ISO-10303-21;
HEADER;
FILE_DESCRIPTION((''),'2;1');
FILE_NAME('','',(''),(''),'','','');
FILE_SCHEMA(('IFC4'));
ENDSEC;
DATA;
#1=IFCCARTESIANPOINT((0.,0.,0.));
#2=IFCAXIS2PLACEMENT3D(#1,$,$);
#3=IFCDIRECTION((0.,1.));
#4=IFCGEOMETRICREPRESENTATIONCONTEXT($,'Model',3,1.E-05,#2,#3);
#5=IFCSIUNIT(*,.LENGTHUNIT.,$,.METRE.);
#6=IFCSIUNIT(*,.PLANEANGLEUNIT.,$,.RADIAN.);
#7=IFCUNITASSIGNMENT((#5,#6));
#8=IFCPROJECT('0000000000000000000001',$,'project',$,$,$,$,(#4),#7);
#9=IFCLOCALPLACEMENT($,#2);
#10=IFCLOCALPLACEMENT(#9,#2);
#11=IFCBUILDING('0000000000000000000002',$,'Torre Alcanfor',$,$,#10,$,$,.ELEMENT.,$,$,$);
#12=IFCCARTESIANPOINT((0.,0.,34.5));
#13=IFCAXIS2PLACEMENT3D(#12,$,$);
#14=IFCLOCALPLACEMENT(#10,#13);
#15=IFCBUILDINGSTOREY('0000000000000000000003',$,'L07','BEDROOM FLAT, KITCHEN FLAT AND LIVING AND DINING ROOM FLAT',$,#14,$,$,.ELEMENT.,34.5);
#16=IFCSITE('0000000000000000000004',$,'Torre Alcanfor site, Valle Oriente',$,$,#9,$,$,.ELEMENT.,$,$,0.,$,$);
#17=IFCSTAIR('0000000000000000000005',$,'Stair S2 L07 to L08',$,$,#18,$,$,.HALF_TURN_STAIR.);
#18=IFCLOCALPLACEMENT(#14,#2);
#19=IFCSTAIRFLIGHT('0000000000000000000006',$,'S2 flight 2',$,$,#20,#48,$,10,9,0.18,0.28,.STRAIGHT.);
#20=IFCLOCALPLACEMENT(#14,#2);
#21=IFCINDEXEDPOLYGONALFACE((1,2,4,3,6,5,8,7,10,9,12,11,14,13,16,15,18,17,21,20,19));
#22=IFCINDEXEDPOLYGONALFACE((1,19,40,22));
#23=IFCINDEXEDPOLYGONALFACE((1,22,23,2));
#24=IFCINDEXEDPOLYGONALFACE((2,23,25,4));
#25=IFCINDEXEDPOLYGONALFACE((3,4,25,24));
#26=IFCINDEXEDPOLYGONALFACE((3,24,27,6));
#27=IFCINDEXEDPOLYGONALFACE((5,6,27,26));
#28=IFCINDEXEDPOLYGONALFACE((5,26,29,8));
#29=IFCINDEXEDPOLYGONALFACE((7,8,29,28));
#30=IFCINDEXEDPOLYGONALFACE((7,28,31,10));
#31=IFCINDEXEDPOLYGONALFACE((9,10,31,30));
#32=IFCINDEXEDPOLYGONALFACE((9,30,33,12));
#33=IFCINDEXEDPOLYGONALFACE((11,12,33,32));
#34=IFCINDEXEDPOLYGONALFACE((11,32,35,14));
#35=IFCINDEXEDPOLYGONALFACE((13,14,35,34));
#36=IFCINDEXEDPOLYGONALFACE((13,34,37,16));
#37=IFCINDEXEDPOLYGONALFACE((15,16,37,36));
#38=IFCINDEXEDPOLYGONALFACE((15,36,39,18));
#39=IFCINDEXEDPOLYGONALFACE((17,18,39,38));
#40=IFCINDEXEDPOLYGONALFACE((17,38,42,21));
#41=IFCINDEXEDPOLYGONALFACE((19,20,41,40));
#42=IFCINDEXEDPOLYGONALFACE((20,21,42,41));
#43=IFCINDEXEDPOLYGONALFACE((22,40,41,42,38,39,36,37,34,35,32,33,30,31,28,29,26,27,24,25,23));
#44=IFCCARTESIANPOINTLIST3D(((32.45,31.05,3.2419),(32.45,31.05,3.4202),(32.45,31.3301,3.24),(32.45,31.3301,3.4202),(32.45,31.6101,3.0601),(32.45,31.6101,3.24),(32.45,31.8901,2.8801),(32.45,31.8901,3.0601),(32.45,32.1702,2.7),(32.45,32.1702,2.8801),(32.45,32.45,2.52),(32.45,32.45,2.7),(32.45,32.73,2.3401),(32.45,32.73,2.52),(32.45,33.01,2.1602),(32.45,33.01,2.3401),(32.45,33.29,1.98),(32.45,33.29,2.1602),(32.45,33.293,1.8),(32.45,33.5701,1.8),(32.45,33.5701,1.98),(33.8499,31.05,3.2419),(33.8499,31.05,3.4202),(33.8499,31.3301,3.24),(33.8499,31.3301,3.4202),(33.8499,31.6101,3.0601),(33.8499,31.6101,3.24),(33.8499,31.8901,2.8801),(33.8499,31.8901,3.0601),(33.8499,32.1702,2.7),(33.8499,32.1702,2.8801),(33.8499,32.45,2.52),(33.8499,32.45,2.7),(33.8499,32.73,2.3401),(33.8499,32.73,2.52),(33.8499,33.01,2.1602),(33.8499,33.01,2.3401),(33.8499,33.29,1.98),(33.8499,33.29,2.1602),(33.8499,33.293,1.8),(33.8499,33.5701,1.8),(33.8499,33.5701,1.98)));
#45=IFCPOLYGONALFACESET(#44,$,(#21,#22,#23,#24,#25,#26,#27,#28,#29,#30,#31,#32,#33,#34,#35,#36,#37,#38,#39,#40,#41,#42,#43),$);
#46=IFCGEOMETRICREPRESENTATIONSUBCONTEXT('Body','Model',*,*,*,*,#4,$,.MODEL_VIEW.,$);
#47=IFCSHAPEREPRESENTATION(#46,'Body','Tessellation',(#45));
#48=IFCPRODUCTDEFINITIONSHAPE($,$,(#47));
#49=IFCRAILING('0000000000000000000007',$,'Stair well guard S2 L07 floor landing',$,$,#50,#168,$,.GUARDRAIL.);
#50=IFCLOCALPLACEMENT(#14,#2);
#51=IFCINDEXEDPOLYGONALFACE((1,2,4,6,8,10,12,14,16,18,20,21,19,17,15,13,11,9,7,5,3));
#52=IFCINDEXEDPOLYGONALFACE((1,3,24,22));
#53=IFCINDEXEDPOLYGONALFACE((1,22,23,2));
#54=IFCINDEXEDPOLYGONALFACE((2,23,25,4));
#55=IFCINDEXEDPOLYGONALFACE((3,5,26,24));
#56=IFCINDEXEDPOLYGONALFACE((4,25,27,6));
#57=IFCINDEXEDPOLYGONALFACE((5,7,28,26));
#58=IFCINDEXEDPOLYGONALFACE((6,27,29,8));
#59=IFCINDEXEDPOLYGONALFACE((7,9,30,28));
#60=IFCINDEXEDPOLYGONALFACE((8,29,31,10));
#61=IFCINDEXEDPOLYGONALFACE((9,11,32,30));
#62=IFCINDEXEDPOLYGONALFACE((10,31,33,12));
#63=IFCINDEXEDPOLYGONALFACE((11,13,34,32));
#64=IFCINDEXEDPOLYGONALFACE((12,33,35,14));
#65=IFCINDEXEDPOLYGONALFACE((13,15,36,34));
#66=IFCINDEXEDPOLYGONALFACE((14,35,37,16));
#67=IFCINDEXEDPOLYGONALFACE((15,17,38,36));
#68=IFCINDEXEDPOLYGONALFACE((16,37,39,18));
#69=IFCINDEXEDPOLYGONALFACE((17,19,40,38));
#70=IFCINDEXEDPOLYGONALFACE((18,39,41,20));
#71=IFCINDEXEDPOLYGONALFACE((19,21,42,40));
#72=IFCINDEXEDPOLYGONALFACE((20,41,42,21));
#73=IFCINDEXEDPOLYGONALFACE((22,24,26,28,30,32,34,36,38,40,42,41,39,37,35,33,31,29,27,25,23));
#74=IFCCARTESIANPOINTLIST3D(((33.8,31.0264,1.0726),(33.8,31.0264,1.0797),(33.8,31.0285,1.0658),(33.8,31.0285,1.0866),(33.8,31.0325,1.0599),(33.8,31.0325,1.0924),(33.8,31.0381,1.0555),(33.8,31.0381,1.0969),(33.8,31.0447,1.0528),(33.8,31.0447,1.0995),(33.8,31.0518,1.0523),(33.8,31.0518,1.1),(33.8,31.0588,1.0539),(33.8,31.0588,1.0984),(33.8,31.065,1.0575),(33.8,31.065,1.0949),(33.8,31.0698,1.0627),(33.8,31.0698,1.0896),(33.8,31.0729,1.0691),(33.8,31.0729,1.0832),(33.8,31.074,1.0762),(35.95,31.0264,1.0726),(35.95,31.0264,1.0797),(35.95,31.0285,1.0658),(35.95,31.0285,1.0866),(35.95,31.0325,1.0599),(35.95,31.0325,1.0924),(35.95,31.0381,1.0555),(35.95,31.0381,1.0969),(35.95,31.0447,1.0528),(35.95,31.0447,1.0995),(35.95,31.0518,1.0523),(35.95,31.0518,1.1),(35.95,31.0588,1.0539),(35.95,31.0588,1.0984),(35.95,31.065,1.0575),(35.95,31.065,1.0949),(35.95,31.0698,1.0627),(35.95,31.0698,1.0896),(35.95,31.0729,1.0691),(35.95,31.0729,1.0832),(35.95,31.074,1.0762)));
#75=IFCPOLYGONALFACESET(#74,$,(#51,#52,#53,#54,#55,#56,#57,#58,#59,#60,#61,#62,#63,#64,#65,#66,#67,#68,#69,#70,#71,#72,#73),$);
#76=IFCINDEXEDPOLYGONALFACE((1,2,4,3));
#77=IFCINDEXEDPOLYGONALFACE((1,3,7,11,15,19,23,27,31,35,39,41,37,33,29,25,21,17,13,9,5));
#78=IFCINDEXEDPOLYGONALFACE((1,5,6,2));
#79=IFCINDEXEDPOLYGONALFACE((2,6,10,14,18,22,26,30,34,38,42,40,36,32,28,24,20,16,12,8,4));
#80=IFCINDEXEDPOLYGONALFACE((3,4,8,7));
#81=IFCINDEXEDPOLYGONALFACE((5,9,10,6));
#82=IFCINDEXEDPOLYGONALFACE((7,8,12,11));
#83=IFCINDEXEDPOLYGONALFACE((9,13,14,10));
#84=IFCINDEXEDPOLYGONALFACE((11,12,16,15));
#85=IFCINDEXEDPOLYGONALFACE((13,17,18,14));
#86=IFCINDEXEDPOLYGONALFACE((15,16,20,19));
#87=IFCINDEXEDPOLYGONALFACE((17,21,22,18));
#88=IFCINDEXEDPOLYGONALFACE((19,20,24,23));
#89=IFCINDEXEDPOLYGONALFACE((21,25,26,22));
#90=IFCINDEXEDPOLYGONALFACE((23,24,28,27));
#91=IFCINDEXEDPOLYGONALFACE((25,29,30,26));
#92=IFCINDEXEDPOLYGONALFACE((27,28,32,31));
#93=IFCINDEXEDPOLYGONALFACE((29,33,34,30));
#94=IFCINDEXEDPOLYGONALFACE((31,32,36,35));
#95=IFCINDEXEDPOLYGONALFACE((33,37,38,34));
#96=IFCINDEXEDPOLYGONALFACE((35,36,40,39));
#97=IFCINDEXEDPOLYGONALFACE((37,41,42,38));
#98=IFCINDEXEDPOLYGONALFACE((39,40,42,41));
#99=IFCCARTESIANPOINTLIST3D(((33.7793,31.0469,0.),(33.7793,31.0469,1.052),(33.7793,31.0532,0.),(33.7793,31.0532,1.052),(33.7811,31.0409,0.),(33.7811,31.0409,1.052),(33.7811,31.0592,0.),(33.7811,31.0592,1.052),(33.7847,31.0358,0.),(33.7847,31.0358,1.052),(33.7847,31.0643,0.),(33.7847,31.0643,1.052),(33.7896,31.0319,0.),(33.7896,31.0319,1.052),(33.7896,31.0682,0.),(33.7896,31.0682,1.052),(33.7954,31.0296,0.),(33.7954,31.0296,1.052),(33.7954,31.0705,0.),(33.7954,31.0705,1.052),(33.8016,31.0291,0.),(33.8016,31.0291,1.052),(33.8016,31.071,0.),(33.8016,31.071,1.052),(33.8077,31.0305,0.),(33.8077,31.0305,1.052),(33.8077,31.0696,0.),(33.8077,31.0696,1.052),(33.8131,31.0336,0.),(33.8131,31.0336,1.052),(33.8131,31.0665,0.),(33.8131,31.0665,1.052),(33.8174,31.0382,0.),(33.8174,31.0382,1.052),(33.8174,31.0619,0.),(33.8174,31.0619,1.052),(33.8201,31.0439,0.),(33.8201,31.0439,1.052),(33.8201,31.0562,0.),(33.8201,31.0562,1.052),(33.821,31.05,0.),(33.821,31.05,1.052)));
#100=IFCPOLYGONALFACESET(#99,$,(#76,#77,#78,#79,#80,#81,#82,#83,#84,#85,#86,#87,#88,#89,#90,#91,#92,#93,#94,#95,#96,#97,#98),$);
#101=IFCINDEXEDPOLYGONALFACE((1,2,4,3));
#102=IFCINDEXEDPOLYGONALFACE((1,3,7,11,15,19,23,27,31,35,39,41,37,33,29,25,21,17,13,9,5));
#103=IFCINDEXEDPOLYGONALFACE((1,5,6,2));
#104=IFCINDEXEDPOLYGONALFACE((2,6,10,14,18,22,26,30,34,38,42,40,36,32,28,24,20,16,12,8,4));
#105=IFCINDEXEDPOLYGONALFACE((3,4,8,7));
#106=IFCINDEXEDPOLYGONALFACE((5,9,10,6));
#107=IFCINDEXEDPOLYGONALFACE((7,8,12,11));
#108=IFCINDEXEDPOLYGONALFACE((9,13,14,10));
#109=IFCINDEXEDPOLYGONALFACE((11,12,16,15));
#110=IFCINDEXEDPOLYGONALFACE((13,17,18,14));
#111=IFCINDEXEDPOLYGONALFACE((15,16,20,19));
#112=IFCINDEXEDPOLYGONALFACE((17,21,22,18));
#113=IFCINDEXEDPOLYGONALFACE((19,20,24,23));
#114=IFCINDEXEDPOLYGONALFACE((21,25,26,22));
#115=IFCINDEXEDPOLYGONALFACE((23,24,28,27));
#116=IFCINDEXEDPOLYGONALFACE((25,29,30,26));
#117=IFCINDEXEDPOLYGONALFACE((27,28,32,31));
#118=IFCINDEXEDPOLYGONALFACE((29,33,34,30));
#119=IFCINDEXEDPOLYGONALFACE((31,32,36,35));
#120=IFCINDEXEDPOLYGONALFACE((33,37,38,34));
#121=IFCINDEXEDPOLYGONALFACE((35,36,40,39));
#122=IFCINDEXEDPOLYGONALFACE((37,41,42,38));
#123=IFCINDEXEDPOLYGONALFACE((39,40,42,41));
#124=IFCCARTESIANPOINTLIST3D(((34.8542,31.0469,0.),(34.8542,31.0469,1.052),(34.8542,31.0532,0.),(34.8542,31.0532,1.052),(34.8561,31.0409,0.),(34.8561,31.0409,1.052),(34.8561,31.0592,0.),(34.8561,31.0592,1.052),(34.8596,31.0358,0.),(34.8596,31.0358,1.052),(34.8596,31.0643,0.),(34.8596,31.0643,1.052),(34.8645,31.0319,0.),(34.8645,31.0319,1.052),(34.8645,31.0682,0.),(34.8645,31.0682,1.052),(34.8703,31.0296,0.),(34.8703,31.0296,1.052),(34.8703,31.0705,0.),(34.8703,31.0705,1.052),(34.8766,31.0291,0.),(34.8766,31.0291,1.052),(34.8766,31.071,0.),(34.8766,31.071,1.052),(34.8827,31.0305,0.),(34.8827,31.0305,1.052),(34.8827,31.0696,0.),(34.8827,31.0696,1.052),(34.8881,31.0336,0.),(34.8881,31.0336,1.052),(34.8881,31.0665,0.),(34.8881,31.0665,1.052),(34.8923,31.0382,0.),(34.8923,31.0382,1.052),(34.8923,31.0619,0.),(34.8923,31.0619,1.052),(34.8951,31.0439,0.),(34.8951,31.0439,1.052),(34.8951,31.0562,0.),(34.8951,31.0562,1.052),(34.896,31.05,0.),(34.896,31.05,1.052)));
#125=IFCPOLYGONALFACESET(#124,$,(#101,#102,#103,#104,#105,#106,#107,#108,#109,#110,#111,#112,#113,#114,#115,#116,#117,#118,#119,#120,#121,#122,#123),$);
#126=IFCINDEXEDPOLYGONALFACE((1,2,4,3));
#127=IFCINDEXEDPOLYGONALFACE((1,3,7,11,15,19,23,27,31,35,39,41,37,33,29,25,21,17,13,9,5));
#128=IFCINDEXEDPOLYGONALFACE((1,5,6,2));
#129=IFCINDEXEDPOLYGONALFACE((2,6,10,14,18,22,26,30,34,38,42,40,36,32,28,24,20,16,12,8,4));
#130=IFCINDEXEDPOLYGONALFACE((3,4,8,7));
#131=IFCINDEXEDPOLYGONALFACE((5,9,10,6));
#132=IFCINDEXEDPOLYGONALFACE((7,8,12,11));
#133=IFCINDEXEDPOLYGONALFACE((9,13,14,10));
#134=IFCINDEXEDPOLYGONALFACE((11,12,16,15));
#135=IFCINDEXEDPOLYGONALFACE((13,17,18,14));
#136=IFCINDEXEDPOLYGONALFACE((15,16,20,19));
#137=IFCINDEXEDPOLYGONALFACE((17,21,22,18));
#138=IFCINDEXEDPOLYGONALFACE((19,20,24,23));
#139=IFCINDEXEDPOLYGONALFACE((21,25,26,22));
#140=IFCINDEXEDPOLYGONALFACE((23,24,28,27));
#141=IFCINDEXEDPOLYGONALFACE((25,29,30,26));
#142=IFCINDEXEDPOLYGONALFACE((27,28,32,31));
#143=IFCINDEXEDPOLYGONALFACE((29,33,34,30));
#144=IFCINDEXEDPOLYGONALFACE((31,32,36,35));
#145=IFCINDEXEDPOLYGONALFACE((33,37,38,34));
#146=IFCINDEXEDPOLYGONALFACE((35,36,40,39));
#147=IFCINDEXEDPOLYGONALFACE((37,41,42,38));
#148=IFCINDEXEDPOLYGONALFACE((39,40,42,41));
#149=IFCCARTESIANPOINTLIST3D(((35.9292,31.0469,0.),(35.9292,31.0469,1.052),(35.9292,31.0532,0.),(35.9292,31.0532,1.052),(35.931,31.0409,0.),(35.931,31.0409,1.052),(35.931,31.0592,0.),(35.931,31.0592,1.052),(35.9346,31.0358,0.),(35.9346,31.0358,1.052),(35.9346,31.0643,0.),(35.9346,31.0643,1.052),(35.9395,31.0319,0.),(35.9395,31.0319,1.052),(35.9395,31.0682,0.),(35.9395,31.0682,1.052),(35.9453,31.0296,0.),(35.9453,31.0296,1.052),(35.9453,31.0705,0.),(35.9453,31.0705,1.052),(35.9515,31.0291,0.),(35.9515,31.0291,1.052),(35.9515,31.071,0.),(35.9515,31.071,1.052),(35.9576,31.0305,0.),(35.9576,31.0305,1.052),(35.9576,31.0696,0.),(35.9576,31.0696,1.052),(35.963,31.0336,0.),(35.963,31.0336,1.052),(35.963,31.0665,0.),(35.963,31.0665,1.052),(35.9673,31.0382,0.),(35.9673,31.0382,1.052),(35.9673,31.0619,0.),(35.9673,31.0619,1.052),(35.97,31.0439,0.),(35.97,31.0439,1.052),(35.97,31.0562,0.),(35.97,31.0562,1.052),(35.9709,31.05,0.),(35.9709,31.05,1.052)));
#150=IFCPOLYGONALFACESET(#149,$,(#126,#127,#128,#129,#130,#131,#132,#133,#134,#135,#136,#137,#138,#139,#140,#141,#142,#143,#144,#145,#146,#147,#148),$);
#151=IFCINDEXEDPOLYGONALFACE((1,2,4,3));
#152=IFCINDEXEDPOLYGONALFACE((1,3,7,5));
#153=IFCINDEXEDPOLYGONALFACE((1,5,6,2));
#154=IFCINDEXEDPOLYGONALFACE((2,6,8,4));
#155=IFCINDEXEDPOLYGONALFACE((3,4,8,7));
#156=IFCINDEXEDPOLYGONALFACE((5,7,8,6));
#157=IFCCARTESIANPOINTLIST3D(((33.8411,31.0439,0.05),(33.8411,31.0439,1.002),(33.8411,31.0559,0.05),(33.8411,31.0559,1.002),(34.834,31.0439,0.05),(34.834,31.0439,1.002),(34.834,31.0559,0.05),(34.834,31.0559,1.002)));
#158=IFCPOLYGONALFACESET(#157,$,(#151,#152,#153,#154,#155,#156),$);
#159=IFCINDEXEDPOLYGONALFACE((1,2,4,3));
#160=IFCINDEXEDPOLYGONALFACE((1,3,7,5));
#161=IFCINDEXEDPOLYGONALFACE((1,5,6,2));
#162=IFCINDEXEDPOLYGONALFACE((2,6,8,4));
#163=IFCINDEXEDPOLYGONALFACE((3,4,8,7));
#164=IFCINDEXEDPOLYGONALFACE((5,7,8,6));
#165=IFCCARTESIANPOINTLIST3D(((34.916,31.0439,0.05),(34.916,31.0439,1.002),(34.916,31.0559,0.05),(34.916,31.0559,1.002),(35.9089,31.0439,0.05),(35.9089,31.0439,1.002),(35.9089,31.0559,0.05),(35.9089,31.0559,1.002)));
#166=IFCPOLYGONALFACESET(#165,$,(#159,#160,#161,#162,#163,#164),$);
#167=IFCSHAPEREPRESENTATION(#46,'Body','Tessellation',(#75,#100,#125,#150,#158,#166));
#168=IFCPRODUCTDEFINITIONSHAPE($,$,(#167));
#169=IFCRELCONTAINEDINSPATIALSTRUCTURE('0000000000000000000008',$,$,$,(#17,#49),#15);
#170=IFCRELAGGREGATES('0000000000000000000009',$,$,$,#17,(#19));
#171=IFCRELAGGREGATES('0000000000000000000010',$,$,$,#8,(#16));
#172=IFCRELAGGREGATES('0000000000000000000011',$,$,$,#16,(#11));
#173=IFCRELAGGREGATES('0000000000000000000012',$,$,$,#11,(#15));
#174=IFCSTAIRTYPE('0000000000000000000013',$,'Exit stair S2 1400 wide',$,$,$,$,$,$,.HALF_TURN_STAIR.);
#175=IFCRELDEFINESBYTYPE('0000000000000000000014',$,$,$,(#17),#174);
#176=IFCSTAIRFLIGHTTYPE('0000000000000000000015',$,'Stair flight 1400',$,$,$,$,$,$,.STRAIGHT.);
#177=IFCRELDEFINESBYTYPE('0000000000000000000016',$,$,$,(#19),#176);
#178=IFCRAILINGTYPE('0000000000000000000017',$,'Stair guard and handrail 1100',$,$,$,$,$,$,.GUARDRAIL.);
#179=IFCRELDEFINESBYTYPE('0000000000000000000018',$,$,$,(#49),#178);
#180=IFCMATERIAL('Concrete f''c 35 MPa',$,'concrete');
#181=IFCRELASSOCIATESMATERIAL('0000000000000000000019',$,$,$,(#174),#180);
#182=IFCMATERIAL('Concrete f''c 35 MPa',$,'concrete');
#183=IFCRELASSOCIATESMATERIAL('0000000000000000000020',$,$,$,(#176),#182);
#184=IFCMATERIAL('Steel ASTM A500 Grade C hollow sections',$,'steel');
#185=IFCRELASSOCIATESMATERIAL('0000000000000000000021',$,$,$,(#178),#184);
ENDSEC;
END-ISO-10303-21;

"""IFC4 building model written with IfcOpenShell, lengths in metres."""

from ifc_helpers import new_model, si_unit, direction, frame, origin, origin_2d, place, context, subcontext, project, spatial, polyline, circle, outline, extrude, material, type_object, element, aggregate, save


model = new_model("IFC4")

# Units and contexts
model_context = context("Model", 3, precision=1e-05, world=origin(), true_north=direction((0.0, 1.0)))
body_context = subcontext(model_context, "Body", "Model", "MODEL_VIEW")
ifc_project = project(units=[si_unit("LENGTHUNIT", "METRE"), si_unit("PLANEANGLEUNIT", "RADIAN")], contexts=[model_context])

# Site, building, storey
site_placement = place(None, origin())
site = spatial("IfcSite", under=ifc_project, at=site_placement, Name="Torre Alcanfor site, Valle Oriente", CompositionType="ELEMENT", RefElevation=0.0)
building_placement = place(site_placement, origin())
building = spatial("IfcBuilding", under=site, at=building_placement, Name="Torre Alcanfor", CompositionType="ELEMENT")
storey_placement = place(building_placement, frame((0.0, 0.0, 34.5)))
storey = spatial("IfcBuildingStorey", under=building, at=storey_placement, Name="L07", Description="BEDROOM FLAT, KITCHEN FLAT AND LIVING AND DINING ROOM FLAT", CompositionType="ELEMENT", Elevation=34.5)

# Stair, stair flight
ifc_material_1 = material(Name="Concrete f'c 35 MPa", Category="concrete")
stair_type = type_object("IfcStairType", Name="Exit stair S2 1400 wide", PredefinedType="HALF_TURN_STAIR", material=ifc_material_1)
stair_placement = place(storey_placement, origin())
stair = element("IfcStair", 1, at=stair_placement, inside=storey, type_object=stair_type, Name="Stair S2 L07 to L08", PredefinedType="HALF_TURN_STAIR")
ifc_material_2 = material(Name="Concrete f'c 35 MPa", Category="concrete")
stair_flight_type = type_object("IfcStairFlightType", Name="Stair flight 1400", PredefinedType="STRAIGHT", material=ifc_material_2)
stair_flight_1_placement = place(storey_placement, frame((33.1499, 33.5701, 1.8), z_axis=(0.0, 0.0, 1.0), x_axis=(0.0, -1.0, 0.0)))
stair_flight_1 = element("IfcStairFlight", 2, at=stair_flight_1_placement, type_object=stair_flight_type, Name="S2 flight 2", NumberOfRisers=10, NumberOfTreads=9, PredefinedType="STRAIGHT", RiserHeight=0.18, TreadLength=0.28, context=body_context, shape_type="SweptSolid", body=[
    extrude(outline(polyline([(0.0, 0.0), (0.0, 0.1799), (0.28, 0.1799), (0.28, 0.3601), (0.5601, 0.3601), (0.5601, 0.54), (0.8401, 0.54), (0.8401, 0.72), (1.1201, 0.72), (1.1201, 0.8999), (1.3999, 0.8999), (1.3999, 1.0801), (1.6799, 1.0801), (1.6799, 1.26), (1.96, 1.26), (1.96, 1.4399), (2.24, 1.4399), (2.24, 1.6201), (2.52, 1.6201), (2.52, 1.8), (2.52, 1.4419), (0.2771, 0.0), (0.0, 0.0)])), frame((0.0, 0.7, 0.0), z_axis=(0.0, -1.0, 0.0), x_axis=(1.0, 0.0, 0.0)), (0.0, 0.0, 1.0), 1.3999),
])
aggregate(stair, [stair_flight_1])

# Railing
ifc_material_3 = material(Name="Steel ASTM A500 Grade C hollow sections", Category="steel")
railing_type_1 = type_object("IfcRailingType", Name="Stair guard and handrail 1100", PredefinedType="GUARDRAIL", material=ifc_material_3)
for number, where, name in (
    (3, (33.8, 31.05, 0.0), "Stair well guard S2 L07 floor landing"),
):
    element("IfcRailing", number, at=place(storey_placement, frame(where)), inside=storey, type_object=railing_type_1, Name=name, PredefinedType="GUARDRAIL", context=body_context, shape_type="SweptSolid", body=[
        extrude(circle(Radius=0.0239, at=origin_2d()), frame((0.0, 0.0, 1.0762), z_axis=(1.0, 0.0, 0.0), x_axis=(0.0, 1.0, 0.0)), (0.0, 0.0, 1.0), 2.1499),
        extrude(circle(Radius=0.021, at=origin_2d()), origin(), (0.0, 0.0, 1.0), 1.052),
        extrude(circle(Radius=0.021, at=origin_2d()), frame((1.075, 0.0, 0.0)), (0.0, 0.0, 1.0), 1.052),
        extrude(circle(Radius=0.021, at=origin_2d()), frame((2.1499, 0.0, 0.0)), (0.0, 0.0, 1.0), 1.052),
        extrude(outline(polyline([(0.041, 0.05), (1.0339, 0.05), (1.0339, 1.002), (0.041, 1.002), (0.041, 0.05)])), frame((0.0, 0.0059, 0.0), z_axis=(0.0, -1.0, 0.0), x_axis=(1.0, 0.0, 0.0)), (0.0, 0.0, 1.0), 0.012),
        extrude(outline(polyline([(1.116, 0.05), (2.1089, 0.05), (2.1089, 1.002), (1.116, 1.002), (1.116, 0.05)])), frame((0.0, 0.0059, 0.0), z_axis=(0.0, -1.0, 0.0), x_axis=(1.0, 0.0, 0.0)), (0.0, 0.0, 1.0), 0.012),
    ])

save(model, "model.ifc")
